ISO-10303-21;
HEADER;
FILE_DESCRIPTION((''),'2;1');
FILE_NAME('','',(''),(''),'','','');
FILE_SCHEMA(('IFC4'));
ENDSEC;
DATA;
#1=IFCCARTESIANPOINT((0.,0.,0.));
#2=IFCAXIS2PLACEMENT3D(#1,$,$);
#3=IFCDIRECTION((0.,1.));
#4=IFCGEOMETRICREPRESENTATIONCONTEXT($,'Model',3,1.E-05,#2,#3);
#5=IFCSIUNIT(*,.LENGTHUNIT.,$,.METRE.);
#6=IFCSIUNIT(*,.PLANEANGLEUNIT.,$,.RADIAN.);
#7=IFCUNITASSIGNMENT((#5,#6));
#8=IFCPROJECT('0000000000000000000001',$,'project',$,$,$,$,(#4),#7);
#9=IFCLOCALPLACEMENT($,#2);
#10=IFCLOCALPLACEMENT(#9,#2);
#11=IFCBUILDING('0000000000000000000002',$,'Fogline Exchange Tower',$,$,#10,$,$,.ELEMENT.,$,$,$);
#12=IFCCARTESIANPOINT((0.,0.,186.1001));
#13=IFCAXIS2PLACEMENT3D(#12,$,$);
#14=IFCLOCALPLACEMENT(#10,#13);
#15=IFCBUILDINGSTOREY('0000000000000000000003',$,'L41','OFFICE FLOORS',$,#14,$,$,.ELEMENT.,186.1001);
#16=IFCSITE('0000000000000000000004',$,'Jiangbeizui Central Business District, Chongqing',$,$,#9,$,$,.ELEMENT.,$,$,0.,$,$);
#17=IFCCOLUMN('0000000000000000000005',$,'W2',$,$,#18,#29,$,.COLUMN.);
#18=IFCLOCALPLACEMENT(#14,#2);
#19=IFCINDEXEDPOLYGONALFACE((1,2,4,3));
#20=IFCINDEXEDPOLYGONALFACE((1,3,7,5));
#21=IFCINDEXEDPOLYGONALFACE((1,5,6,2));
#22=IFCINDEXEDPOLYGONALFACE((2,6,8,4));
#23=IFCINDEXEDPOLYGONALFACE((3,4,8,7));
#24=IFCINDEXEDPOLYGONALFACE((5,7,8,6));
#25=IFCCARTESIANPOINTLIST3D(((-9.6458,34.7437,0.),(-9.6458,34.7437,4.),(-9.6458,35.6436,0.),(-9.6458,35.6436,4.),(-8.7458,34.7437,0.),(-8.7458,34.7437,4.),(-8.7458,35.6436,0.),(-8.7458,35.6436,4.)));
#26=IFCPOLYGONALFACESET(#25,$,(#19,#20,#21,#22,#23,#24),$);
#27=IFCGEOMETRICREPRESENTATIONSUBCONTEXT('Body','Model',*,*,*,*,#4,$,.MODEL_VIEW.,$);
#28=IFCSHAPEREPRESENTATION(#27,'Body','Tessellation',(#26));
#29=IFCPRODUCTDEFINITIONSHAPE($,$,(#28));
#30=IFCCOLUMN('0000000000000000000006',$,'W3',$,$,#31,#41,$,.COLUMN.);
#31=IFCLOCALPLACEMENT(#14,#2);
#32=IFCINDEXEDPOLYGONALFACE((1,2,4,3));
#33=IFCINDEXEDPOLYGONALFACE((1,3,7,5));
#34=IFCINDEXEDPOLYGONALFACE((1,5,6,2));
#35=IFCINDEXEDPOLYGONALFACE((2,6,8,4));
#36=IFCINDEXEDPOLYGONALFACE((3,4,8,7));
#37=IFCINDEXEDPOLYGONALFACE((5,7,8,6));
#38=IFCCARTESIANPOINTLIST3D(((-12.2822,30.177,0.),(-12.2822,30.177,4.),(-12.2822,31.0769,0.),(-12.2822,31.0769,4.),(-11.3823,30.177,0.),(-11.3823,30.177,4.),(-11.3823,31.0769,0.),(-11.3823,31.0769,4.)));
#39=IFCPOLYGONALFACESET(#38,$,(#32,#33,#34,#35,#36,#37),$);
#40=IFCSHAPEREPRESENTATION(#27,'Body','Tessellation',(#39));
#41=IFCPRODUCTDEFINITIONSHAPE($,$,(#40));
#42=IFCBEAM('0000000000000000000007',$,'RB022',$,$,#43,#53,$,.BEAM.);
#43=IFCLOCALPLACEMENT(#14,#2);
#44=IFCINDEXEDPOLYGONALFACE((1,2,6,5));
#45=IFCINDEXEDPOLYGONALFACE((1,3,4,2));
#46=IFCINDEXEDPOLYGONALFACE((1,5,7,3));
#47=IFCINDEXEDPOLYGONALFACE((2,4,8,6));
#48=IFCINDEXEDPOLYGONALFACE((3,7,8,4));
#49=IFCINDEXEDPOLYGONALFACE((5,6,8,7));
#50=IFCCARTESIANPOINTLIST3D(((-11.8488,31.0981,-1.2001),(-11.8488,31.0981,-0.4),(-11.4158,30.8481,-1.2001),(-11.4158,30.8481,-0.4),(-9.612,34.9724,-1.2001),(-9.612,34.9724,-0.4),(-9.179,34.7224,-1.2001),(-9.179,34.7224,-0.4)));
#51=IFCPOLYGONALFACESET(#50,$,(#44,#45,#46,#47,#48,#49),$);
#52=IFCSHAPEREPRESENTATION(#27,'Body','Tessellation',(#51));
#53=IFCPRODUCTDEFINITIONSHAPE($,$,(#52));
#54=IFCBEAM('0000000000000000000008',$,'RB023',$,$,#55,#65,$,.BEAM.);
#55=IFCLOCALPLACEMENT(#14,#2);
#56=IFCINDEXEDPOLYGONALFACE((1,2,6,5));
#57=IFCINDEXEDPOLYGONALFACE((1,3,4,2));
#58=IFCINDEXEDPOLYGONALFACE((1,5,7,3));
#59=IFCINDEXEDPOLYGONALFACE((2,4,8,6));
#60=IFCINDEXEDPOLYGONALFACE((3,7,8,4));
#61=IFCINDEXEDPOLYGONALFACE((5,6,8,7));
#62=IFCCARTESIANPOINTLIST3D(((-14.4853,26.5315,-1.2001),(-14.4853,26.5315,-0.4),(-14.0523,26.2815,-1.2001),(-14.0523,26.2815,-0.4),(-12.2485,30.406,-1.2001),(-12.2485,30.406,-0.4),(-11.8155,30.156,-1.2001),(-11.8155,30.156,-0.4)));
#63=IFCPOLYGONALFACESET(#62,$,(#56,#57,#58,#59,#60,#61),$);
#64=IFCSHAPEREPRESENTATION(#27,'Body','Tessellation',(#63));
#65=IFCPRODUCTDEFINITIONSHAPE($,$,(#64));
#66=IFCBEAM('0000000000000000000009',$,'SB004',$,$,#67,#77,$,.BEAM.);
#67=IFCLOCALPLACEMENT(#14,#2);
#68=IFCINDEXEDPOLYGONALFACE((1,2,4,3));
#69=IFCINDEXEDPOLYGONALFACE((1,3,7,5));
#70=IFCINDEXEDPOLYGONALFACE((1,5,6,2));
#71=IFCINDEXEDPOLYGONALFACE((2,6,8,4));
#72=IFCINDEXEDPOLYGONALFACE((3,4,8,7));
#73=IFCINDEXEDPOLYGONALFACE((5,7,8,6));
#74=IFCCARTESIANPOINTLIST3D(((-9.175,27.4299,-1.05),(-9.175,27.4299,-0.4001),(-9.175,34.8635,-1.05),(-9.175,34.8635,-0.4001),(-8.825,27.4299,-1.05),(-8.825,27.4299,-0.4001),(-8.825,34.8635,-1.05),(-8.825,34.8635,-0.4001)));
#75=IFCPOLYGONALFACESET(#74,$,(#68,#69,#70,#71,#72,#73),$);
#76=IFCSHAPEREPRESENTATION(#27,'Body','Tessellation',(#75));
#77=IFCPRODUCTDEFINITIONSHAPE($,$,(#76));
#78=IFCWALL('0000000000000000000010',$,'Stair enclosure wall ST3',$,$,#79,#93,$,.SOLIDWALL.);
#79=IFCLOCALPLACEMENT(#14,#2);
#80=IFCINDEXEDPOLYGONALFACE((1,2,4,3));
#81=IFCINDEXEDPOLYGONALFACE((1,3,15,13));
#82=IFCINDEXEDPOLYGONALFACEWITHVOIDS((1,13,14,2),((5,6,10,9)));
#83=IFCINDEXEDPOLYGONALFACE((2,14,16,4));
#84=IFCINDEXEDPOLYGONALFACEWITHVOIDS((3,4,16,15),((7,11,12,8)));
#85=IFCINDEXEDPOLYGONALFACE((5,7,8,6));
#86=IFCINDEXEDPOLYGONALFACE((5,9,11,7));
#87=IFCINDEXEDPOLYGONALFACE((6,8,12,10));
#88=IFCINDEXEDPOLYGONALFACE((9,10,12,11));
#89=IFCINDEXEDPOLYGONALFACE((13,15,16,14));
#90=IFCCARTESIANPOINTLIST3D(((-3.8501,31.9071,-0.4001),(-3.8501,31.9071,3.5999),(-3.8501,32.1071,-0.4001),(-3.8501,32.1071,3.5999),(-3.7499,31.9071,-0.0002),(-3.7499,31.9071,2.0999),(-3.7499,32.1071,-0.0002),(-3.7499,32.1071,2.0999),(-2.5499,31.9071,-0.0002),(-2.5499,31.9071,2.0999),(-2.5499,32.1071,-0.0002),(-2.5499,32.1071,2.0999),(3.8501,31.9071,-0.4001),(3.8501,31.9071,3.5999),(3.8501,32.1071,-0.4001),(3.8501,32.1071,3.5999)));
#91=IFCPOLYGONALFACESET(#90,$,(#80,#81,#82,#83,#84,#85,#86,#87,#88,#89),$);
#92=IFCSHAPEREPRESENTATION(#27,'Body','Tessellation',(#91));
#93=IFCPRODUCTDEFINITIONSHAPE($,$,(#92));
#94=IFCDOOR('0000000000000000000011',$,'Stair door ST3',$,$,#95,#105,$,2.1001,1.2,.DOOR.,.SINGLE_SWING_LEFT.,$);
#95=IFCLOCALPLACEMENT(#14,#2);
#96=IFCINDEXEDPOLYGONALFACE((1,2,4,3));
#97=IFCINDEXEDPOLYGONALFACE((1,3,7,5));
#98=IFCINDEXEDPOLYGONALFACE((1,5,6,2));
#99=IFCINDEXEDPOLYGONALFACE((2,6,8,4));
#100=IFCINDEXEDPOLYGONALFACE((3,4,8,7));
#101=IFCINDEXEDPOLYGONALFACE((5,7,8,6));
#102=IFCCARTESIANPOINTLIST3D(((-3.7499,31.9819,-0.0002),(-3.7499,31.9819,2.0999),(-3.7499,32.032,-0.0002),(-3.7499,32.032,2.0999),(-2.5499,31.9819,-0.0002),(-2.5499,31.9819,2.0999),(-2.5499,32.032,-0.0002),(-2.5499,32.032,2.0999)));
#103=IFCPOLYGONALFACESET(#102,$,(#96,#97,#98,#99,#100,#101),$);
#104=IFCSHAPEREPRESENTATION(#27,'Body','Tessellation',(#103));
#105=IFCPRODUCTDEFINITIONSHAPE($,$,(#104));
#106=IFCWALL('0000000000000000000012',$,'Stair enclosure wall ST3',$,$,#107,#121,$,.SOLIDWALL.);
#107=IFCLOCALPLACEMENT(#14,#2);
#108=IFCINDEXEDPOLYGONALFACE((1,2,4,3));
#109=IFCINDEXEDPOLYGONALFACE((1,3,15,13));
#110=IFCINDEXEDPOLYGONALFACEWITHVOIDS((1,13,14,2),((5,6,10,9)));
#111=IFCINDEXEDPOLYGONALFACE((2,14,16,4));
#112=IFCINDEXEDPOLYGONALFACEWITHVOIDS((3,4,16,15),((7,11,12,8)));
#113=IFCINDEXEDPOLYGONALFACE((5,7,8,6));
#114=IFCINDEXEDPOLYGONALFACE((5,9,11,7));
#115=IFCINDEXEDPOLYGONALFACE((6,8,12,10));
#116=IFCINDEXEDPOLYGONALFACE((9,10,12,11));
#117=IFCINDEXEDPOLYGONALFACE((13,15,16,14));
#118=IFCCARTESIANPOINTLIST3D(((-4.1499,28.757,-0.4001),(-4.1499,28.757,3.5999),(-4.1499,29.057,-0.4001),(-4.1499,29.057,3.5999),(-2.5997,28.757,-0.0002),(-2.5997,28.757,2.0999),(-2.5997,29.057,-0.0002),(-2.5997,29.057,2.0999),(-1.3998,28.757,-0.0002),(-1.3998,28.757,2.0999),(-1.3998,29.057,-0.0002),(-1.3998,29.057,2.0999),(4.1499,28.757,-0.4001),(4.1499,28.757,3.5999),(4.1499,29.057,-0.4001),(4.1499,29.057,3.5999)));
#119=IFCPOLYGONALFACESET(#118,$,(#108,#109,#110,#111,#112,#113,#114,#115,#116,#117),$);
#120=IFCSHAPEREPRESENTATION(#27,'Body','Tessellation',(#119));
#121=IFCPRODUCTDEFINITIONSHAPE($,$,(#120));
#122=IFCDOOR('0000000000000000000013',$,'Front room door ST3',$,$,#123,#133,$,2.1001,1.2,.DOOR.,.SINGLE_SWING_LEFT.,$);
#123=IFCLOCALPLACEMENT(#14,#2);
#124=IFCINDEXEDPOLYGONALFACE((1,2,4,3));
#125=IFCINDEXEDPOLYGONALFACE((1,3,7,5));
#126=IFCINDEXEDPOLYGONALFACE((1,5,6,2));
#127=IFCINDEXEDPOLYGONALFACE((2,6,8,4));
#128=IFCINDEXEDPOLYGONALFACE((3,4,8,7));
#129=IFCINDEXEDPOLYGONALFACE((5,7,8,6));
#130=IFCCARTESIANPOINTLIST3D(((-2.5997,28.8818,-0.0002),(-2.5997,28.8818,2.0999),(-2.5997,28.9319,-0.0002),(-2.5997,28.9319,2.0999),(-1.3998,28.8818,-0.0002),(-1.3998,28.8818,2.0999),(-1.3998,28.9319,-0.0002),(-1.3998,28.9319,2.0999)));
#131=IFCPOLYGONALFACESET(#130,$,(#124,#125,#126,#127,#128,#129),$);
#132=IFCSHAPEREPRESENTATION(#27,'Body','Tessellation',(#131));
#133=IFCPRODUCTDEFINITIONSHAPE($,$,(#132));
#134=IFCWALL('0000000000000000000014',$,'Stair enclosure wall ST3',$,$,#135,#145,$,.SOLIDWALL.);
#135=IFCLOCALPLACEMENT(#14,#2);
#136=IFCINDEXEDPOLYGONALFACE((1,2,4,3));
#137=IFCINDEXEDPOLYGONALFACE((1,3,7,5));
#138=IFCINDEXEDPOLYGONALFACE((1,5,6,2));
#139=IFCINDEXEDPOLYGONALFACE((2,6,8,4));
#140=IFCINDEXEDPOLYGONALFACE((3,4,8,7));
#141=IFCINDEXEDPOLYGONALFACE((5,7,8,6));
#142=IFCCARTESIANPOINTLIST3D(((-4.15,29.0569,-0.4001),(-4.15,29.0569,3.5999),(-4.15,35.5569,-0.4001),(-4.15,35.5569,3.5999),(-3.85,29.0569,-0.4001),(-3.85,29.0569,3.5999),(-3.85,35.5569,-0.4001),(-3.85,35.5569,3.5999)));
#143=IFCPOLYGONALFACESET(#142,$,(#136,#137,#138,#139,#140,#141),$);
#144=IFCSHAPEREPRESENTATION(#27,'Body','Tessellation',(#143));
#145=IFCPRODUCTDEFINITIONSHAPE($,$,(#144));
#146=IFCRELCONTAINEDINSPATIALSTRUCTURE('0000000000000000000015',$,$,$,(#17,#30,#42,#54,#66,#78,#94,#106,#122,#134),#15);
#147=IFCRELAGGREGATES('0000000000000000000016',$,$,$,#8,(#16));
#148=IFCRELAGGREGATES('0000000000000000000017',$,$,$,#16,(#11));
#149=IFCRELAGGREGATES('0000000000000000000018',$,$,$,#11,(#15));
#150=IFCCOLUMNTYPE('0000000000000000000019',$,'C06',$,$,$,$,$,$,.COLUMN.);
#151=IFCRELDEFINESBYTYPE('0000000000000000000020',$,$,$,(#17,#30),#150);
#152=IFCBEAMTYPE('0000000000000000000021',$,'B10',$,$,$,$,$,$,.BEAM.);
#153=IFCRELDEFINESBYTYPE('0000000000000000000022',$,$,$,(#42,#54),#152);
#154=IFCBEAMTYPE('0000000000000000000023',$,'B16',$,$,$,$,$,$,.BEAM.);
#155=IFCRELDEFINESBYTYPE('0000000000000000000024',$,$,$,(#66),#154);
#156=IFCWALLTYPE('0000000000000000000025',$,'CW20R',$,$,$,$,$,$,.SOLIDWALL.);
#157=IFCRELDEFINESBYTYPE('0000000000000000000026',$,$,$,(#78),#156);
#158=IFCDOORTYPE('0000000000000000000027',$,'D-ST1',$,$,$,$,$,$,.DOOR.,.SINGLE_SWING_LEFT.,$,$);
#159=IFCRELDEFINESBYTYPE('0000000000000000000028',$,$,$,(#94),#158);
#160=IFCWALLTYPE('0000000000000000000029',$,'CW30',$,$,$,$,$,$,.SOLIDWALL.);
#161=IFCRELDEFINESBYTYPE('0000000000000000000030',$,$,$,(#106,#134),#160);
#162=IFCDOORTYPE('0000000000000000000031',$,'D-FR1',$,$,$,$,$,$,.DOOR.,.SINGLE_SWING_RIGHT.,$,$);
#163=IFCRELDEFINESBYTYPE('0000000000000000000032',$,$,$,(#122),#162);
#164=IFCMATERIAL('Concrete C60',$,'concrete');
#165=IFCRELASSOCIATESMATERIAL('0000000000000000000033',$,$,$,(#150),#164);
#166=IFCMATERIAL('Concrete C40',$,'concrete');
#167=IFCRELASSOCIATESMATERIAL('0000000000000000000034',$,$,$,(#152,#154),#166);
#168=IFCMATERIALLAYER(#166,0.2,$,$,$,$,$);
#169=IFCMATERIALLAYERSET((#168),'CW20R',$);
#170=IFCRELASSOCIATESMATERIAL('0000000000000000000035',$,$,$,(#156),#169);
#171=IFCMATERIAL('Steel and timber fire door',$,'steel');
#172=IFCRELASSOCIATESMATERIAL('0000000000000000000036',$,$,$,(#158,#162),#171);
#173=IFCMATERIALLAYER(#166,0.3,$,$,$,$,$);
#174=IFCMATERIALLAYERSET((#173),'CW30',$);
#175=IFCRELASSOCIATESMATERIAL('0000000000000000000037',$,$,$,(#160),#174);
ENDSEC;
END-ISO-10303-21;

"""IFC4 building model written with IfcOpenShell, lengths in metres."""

from ifc_helpers import new_model, si_unit, direction, frame, frame_2d, origin, origin_2d, place, context, subcontext, project, spatial, rectangle, extrude, material, layer, layer_set, material_profile, profile_set, type_object, element, fill, save


model = new_model("IFC4")

# Units and contexts
model_context = context("Model", 3, precision=1e-05, world=origin(), true_north=direction((0.0, 1.0)))
body_context = subcontext(model_context, "Body", "Model", "MODEL_VIEW")
ifc_project = project(units=[si_unit("LENGTHUNIT", "METRE"), si_unit("PLANEANGLEUNIT", "RADIAN")], contexts=[model_context])

# Site, building, storey
site_placement = place(None, origin())
site = spatial("IfcSite", under=ifc_project, at=site_placement, Name="Jiangbeizui Central Business District, Chongqing", CompositionType="ELEMENT", RefElevation=0.0)
building_placement = place(site_placement, origin())
building = spatial("IfcBuilding", under=site, at=building_placement, Name="Fogline Exchange Tower", CompositionType="ELEMENT")
storey_placement = place(building_placement, frame((0.0, 0.0, 186.1001)))
storey = spatial("IfcBuildingStorey", under=building, at=storey_placement, Name="L41", Description="OFFICE FLOORS", CompositionType="ELEMENT", Elevation=186.1001)

# Columns
ifc_material_1 = material(Name="Concrete C60", Category="concrete")
ifc_material_profile_1 = material_profile(ifc_material_1, rectangle(XDim=0.8999, YDim=0.8999, at=origin_2d()), Name="RC 900x900")
ifc_profile_set_1 = profile_set([ifc_material_profile_1], Name="Concrete C60")
column_type = type_object("IfcColumnType", Name="C06", PredefinedType="COLUMN", material=ifc_profile_set_1)
for number, where, z_axis, x_axis, name in (
    (1, (-9.1958, 35.1936, 0.0), (0.0, 0.0, 1.0), (1.0, 0.0, 0.0), "W2"),
    (2, (-11.8323, 30.627, 0.0), (0.0, 0.0, 1.0), (1.0, 0.0, 0.0), "W3"),
):
    element("IfcColumn", number, at=place(storey_placement, frame(where, z_axis=z_axis, x_axis=x_axis)), inside=storey, type_object=column_type, Name=name, PredefinedType="COLUMN", context=body_context, shape_type="SweptSolid", body=[
        extrude(rectangle(XDim=0.8999, YDim=0.8999, at=origin_2d()), origin(), (0.0, 0.0, 1.0), 4.0),
    ])

# Beams
ifc_material_2 = material(Name="Concrete C40", Category="concrete")
ifc_material_profile_2 = material_profile(ifc_material_2, rectangle(XDim=0.5, YDim=0.8, at=origin_2d()), Name="RC 500x800")
ifc_profile_set_2 = profile_set([ifc_material_profile_2], Name="Concrete C40")
beam_type_1 = type_object("IfcBeamType", Name="B10", PredefinedType="BEAM", material=ifc_profile_set_2)
beam_1_placement = place(storey_placement, frame((-9.3955, 34.8474, -0.8), z_axis=(-0.500001, -0.866025, 0.0), x_axis=(0.866025, -0.500001, 0.0)))
element("IfcBeam", 3, at=beam_1_placement, inside=storey, type_object=beam_type_1, Name="RB022", PredefinedType="BEAM", context=body_context, shape_type="SweptSolid", body=[
    extrude(rectangle(XDim=0.5, YDim=0.8, at=origin_2d()), origin(), (0.0, 0.0, 1.0), 4.4736),
])
beam_2_placement = place(storey_placement, frame((-12.032, 30.281, -0.8), z_axis=(-0.499978, -0.866038, 0.0), x_axis=(0.866038, -0.499978, 0.0)))
element("IfcBeam", 4, at=beam_2_placement, inside=storey, type_object=beam_type_1, Name="RB023", PredefinedType="BEAM", context=body_context, shape_type="SweptSolid", body=[
    extrude(rectangle(XDim=0.5, YDim=0.8, at=origin_2d()), origin(), (0.0, 0.0, 1.0), 4.4739),
])
ifc_material_profile_3 = material_profile(ifc_material_2, rectangle(XDim=0.3501, YDim=0.6499, at=origin_2d()), Name="RC 350x650")
ifc_profile_set_3 = profile_set([ifc_material_profile_3], Name="Concrete C40")
beam_type_2 = type_object("IfcBeamType", Name="B16", PredefinedType="BEAM", material=ifc_profile_set_3)
beam_3_placement = place(storey_placement, frame((-9.0, 27.4299, -0.7251), z_axis=(0.0, 1.0, 0.0), x_axis=(-1.0, 0.0, 0.0)))
element("IfcBeam", 5, at=beam_3_placement, inside=storey, type_object=beam_type_2, Name="SB004", PredefinedType="BEAM", context=body_context, shape_type="SweptSolid", body=[
    extrude(rectangle(XDim=0.3501, YDim=0.6499, at=origin_2d()), origin(), (0.0, 0.0, 1.0), 7.4336),
])

# Walls, openings, doors
ifc_layer_1 = layer(ifc_material_2, 0.2)
ifc_layer_set_1 = layer_set([ifc_layer_1], Name="CW20R")
wall_type_1 = type_object("IfcWallType", Name="CW20R", PredefinedType="SOLIDWALL", material=ifc_layer_set_1)
wall_1_placement = place(storey_placement, frame((-3.8501, 32.0071, -0.4001), z_axis=(0.0, 0.0, 1.0), x_axis=(1.0, 0.0, 0.0)))
wall_1 = element("IfcWall", 6, at=wall_1_placement, inside=storey, type_object=wall_type_1, Name="Stair enclosure wall ST3", PredefinedType="SOLIDWALL", context=body_context, shape_type="SweptSolid", body=[
    extrude(rectangle(XDim=7.7002, YDim=0.2, at=frame_2d((3.8501, 0.0))), origin(), (0.0, 0.0, 1.0), 4.0),
])
opening_1_placement = place(wall_1_placement, frame((0.1001, 0.0, 0.3999)))
opening_1 = element("IfcOpeningElement", 7, at=opening_1_placement, cuts=wall_1, PredefinedType="OPENING", context=body_context, shape_type="SweptSolid", body=[
    extrude(rectangle(XDim=1.2, YDim=2.1001, at=frame_2d((0.6001, 1.05))), frame((0.0, 0.1099, 0.0), z_axis=(0.0, -1.0, 0.0), x_axis=(1.0, 0.0, 0.0)), (0.0, 0.0, 1.0), 0.22),
])
ifc_material_3 = material(Name="Steel and timber fire door", Category="steel")
door_type_1 = type_object("IfcDoorType", Name="D-ST1", OperationType="SINGLE_SWING_LEFT", PredefinedType="DOOR", material=ifc_material_3)
door_1_placement = place(opening_1_placement, origin())
door_1 = element("IfcDoor", 8, at=door_1_placement, inside=storey, type_object=door_type_1, Name="Stair door ST3", OperationType="SINGLE_SWING_LEFT", OverallHeight=2.1001, OverallWidth=1.2, PredefinedType="DOOR", context=body_context, shape_type="SweptSolid", body=[
    extrude(rectangle(XDim=1.2, YDim=2.1001, at=frame_2d((0.6001, 1.05))), frame((0.0, 0.0249, 0.0), z_axis=(0.0, -1.0, 0.0), x_axis=(1.0, 0.0, 0.0)), (0.0, 0.0, 1.0), 0.05),
])
fill(opening_1, door_1)
ifc_layer_2 = layer(ifc_material_2, 0.3)
ifc_layer_set_2 = layer_set([ifc_layer_2], Name="CW30")
wall_type_2 = type_object("IfcWallType", Name="CW30", PredefinedType="SOLIDWALL", material=ifc_layer_set_2)
wall_2_placement = place(storey_placement, frame((-4.1499, 28.907, -0.4001), z_axis=(0.0, 0.0, 1.0), x_axis=(1.0, 0.0, 0.0)))
wall_2 = element("IfcWall", 9, at=wall_2_placement, inside=storey, type_object=wall_type_2, Name="Stair enclosure wall ST3", PredefinedType="SOLIDWALL", context=body_context, shape_type="SweptSolid", body=[
    extrude(rectangle(XDim=8.2998, YDim=0.3, at=frame_2d((4.1499, 0.0))), origin(), (0.0, 0.0, 1.0), 4.0),
])
opening_2_placement = place(wall_2_placement, frame((1.55, 0.0, 0.3999)))
opening_2 = element("IfcOpeningElement", 10, at=opening_2_placement, cuts=wall_2, PredefinedType="OPENING", context=body_context, shape_type="SweptSolid", body=[
    extrude(rectangle(XDim=1.2, YDim=2.1001, at=frame_2d((0.6001, 1.05))), frame((0.0, 0.1602, 0.0), z_axis=(0.0, -1.0, 0.0), x_axis=(1.0, 0.0, 0.0)), (0.0, 0.0, 1.0), 0.3201),
])
door_type_2 = type_object("IfcDoorType", Name="D-FR1", OperationType="SINGLE_SWING_RIGHT", PredefinedType="DOOR", material=ifc_material_3)
door_2_placement = place(opening_2_placement, origin())
door_2 = element("IfcDoor", 11, at=door_2_placement, inside=storey, type_object=door_type_2, Name="Front room door ST3", OperationType="SINGLE_SWING_LEFT", OverallHeight=2.1001, OverallWidth=1.2, PredefinedType="DOOR", context=body_context, shape_type="SweptSolid", body=[
    extrude(rectangle(XDim=1.2, YDim=2.1001, at=frame_2d((0.6001, 1.05))), frame((0.0, 0.0249, 0.0), z_axis=(0.0, -1.0, 0.0), x_axis=(1.0, 0.0, 0.0)), (0.0, 0.0, 1.0), 0.05),
])
fill(opening_2, door_2)

# Wall
wall_3_placement = place(storey_placement, frame((-4.0, 29.0569, -0.4001), z_axis=(0.0, 0.0, 1.0), x_axis=(0.0, 1.0, 0.0)))
element("IfcWall", 12, at=wall_3_placement, inside=storey, type_object=wall_type_2, Name="Stair enclosure wall ST3", PredefinedType="SOLIDWALL", context=body_context, shape_type="SweptSolid", body=[
    extrude(rectangle(XDim=6.5, YDim=0.3, at=frame_2d((3.25, 0.0))), origin(), (0.0, 0.0, 1.0), 4.0),
])

save(model, "model.ifc")
